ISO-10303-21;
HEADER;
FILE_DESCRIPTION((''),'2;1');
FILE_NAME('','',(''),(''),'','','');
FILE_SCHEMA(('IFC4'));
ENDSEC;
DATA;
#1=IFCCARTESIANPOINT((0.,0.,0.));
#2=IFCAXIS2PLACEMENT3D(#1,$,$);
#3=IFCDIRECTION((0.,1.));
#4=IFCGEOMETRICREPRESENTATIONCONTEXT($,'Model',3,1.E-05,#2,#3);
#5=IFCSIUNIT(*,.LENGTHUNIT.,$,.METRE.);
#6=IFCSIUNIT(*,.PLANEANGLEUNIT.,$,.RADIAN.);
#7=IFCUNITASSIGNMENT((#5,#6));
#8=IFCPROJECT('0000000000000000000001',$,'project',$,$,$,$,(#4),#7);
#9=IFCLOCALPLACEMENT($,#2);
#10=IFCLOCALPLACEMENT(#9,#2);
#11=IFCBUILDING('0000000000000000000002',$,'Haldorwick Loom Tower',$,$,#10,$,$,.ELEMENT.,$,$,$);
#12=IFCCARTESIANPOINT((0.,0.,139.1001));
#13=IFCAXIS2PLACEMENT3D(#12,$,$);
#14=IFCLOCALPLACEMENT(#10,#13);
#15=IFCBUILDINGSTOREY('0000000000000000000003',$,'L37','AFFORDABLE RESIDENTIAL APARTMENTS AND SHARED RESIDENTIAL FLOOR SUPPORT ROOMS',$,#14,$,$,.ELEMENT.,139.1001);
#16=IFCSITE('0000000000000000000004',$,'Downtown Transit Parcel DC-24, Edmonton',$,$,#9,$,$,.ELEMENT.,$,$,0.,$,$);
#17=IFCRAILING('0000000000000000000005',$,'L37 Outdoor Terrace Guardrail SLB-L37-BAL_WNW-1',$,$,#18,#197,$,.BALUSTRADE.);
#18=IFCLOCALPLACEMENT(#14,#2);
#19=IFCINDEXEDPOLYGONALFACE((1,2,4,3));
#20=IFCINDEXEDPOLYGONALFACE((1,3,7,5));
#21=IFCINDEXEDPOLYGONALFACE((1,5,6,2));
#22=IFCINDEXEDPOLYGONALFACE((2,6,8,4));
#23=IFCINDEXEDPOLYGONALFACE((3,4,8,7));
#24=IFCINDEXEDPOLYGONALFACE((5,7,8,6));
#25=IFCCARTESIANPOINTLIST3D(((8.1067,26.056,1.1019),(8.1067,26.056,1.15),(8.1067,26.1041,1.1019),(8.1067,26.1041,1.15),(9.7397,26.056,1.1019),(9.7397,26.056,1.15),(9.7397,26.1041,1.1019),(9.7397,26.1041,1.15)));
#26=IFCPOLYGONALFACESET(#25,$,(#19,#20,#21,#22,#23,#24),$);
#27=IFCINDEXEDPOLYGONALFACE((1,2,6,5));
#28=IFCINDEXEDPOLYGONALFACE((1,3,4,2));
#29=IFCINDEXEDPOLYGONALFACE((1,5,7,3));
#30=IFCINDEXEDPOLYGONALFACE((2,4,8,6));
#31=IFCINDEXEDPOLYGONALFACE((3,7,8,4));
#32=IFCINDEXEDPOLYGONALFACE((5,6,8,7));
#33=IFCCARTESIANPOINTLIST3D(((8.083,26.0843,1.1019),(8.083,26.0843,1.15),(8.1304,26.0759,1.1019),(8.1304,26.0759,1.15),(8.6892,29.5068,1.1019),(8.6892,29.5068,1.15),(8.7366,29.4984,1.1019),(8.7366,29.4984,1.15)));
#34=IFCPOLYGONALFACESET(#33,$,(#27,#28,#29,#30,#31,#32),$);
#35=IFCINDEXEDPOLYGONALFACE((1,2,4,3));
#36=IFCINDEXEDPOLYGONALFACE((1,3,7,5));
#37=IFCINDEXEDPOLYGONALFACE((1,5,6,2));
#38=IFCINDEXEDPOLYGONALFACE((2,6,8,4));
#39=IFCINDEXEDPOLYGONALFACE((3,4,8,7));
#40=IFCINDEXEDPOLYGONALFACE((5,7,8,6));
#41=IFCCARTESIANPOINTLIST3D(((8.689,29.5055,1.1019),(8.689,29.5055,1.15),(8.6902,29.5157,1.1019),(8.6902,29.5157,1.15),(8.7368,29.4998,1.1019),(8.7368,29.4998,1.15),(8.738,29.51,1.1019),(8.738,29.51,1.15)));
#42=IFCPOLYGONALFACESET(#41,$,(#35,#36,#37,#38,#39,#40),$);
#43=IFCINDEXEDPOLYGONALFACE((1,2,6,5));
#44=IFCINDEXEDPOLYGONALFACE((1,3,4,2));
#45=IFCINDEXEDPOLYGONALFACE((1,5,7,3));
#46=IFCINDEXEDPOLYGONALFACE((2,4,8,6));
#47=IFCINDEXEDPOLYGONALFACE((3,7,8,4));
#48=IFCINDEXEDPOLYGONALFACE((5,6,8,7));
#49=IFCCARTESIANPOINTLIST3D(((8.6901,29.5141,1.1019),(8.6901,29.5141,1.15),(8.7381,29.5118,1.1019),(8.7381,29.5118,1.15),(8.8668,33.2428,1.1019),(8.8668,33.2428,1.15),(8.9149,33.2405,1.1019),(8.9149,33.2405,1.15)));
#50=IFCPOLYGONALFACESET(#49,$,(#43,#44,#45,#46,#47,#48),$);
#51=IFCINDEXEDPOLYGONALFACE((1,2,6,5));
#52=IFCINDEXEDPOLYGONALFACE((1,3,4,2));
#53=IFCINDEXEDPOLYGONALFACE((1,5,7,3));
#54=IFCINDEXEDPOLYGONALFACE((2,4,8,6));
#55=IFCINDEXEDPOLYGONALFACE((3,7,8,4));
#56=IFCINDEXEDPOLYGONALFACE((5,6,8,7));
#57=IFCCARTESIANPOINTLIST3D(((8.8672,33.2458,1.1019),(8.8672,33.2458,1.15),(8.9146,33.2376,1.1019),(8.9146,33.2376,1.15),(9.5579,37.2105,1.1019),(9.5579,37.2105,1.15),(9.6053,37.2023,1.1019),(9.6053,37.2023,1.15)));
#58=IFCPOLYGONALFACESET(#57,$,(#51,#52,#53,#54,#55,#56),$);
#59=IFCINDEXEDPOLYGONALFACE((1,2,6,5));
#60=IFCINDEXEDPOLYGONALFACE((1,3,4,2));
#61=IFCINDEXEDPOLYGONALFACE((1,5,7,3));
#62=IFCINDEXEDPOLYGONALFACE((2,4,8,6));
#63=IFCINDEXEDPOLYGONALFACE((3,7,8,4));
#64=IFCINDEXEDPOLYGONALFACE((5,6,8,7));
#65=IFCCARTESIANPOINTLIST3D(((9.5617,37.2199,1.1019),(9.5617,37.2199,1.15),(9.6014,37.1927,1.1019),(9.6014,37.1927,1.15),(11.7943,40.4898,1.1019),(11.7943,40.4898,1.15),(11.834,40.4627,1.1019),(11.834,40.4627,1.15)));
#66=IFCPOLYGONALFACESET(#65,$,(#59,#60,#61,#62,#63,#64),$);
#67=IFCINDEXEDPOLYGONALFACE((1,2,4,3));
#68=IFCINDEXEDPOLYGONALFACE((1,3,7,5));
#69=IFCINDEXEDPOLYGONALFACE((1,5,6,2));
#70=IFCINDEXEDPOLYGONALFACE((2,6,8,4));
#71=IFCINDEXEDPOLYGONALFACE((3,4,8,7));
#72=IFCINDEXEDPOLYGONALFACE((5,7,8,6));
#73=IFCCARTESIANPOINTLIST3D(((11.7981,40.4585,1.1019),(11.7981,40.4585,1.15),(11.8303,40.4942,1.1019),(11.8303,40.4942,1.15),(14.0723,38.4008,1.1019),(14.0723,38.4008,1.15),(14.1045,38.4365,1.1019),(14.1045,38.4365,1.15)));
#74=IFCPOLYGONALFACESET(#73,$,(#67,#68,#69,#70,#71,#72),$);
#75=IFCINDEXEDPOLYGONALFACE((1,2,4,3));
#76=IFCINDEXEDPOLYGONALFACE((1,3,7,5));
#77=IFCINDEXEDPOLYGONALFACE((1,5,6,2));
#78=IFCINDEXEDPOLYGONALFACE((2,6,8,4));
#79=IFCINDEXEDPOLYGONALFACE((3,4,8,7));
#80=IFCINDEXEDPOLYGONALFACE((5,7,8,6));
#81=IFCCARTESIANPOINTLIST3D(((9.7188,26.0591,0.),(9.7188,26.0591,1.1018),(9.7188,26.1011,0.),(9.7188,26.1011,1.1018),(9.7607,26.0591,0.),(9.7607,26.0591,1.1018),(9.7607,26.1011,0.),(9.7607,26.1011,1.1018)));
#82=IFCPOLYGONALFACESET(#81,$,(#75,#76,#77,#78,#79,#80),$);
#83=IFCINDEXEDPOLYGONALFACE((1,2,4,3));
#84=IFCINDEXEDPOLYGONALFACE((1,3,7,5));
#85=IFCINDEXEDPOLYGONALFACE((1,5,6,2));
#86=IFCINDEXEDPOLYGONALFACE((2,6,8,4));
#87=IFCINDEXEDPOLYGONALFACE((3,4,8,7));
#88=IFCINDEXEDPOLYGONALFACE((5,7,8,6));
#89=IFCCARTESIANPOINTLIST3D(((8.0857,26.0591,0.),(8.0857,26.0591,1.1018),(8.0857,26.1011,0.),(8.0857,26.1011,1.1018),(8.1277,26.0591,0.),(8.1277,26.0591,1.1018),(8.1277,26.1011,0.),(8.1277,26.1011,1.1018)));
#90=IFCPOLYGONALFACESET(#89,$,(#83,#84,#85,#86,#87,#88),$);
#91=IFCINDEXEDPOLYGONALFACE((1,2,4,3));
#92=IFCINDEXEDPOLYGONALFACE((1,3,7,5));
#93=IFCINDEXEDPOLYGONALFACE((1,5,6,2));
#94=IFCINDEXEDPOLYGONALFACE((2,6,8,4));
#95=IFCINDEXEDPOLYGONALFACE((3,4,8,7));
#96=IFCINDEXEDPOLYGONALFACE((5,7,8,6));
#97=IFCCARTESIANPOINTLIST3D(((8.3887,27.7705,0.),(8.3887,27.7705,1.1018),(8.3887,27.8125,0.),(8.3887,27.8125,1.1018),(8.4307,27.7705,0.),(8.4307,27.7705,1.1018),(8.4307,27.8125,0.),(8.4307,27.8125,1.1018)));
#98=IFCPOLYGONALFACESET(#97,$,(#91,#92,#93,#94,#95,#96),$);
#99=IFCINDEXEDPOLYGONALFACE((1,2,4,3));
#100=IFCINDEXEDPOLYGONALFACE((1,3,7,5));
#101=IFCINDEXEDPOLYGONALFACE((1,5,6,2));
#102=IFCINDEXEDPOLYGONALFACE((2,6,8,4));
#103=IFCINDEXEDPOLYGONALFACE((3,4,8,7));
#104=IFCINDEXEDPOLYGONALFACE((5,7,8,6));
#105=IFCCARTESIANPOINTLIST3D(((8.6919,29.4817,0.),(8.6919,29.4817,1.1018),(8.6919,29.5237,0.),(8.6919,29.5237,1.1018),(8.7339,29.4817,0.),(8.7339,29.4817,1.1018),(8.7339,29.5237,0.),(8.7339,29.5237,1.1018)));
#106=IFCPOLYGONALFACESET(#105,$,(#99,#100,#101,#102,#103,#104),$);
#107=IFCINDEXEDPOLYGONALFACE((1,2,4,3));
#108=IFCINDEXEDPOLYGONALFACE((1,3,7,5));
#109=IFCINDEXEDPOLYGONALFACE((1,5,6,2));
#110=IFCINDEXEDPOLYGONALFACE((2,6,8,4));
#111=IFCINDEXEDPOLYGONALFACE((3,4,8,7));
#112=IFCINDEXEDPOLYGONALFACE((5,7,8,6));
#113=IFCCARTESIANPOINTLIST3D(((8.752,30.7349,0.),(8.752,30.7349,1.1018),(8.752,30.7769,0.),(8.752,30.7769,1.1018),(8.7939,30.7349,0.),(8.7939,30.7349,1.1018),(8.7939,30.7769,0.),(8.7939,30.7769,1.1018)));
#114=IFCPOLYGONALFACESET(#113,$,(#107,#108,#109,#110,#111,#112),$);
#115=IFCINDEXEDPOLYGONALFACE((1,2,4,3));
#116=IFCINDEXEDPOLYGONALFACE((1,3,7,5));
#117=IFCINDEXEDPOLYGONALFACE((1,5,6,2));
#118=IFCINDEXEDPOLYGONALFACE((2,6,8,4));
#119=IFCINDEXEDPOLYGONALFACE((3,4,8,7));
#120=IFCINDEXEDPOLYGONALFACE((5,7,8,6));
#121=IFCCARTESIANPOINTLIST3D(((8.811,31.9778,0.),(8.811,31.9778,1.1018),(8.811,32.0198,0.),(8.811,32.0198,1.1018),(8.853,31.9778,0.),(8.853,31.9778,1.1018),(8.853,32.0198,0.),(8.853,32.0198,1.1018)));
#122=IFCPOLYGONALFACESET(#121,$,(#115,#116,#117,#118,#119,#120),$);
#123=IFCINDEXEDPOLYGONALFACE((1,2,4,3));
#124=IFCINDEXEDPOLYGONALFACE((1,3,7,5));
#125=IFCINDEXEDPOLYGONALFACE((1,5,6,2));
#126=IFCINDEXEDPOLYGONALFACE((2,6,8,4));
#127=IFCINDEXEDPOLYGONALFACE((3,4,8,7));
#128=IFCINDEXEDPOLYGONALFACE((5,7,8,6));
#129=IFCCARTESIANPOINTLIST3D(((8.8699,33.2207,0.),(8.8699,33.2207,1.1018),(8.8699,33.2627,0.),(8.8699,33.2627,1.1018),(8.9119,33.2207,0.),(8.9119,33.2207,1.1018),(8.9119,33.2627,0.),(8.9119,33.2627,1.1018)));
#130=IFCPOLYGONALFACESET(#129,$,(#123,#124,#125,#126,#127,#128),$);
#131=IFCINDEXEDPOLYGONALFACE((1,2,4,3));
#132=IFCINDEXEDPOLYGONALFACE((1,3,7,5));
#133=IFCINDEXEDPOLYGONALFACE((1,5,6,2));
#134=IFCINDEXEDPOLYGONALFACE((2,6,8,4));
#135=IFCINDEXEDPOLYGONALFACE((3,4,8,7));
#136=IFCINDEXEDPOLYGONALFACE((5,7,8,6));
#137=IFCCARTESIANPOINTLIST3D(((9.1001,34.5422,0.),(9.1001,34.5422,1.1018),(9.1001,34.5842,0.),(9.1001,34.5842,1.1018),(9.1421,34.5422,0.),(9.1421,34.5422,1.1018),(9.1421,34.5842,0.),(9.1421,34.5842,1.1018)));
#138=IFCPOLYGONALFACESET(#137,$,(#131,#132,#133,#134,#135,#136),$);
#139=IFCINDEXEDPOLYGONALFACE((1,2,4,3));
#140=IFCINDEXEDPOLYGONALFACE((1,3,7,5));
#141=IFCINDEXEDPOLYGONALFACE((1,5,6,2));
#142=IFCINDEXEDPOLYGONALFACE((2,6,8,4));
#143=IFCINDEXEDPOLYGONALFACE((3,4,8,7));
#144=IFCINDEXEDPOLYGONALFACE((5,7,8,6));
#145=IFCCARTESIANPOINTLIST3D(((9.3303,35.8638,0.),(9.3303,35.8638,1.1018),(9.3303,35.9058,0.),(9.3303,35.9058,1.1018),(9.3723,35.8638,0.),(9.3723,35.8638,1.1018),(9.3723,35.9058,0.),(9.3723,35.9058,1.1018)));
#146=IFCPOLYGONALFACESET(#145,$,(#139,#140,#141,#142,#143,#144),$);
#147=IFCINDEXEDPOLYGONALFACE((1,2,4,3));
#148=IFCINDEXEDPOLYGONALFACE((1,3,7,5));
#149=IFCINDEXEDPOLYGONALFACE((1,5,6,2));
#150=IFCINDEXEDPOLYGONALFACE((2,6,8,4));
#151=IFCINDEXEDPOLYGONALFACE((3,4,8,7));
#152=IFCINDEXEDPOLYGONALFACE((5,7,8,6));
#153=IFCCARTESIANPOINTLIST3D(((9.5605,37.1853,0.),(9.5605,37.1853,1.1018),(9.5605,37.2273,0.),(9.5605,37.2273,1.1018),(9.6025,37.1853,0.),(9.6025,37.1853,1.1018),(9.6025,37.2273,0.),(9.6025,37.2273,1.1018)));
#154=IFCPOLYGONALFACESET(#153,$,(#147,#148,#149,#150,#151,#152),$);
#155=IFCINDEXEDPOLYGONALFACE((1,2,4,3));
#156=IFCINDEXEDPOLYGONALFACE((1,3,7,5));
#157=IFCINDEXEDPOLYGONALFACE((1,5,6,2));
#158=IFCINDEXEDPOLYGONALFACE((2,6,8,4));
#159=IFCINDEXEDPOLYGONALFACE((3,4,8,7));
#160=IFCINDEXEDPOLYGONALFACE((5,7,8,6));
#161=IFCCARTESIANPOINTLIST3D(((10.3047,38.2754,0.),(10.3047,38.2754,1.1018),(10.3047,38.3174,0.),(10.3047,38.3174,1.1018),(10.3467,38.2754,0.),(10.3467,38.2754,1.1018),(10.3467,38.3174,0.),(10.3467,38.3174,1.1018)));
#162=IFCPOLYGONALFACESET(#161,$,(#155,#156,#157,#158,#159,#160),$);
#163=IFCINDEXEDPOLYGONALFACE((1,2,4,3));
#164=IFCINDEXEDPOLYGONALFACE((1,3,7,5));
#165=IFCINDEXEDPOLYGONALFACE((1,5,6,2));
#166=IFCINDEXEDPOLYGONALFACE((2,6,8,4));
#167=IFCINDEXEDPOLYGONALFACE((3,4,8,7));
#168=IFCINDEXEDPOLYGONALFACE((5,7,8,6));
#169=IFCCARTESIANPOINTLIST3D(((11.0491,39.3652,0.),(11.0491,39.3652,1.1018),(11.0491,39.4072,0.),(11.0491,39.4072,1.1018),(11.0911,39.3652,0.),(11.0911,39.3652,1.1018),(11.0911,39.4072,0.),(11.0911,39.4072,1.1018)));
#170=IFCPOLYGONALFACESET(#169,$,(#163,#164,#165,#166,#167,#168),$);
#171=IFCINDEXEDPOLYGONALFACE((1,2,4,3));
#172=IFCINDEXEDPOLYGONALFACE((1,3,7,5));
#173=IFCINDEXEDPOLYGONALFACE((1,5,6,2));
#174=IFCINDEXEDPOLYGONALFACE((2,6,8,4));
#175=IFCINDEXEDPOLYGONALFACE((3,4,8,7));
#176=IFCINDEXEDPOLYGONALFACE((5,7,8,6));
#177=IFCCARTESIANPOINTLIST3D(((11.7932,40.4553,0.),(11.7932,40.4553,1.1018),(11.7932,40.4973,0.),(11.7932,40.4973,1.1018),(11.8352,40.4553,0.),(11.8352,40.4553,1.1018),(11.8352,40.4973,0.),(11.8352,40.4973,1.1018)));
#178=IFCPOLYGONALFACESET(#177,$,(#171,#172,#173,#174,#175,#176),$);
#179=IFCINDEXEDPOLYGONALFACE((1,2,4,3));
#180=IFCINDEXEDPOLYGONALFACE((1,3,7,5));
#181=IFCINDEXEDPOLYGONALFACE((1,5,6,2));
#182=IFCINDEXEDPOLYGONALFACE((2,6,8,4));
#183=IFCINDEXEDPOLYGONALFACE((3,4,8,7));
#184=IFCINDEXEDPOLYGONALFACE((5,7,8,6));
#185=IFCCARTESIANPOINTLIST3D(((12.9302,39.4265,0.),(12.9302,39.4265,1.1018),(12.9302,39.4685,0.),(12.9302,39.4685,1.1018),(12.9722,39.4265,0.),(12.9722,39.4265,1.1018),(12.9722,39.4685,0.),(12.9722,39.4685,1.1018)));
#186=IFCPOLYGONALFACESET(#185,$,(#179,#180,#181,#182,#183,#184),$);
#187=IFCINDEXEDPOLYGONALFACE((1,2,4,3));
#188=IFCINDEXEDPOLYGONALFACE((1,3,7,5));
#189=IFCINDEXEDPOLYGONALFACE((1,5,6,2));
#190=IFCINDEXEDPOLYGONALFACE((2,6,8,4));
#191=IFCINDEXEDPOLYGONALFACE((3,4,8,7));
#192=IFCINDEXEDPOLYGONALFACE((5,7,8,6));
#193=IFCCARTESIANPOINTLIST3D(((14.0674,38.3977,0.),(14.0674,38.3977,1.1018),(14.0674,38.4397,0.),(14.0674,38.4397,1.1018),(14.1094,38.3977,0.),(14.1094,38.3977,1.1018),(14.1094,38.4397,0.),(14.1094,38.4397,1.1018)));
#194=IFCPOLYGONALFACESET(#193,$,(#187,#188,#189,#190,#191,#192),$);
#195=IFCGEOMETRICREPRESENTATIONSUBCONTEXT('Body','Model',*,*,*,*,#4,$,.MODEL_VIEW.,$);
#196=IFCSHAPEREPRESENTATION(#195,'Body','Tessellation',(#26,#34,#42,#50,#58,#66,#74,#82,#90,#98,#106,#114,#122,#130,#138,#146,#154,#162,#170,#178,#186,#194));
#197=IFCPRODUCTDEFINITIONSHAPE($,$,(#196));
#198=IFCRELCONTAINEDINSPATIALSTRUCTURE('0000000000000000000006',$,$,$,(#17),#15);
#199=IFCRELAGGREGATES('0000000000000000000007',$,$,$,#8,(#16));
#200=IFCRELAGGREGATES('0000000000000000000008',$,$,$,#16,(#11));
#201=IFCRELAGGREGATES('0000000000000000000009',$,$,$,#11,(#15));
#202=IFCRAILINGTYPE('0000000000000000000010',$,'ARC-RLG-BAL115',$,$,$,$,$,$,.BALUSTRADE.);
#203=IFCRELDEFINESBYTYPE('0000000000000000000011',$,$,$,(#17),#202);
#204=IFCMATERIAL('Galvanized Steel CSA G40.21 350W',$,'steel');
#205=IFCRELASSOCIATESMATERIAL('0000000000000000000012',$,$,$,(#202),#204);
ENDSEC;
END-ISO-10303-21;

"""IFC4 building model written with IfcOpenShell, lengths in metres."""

from ifc_helpers import new_model, si_unit, direction, frame, origin, origin_2d, place, context, subcontext, project, spatial, rectangle, extrude, material, type_object, element, save


model = new_model("IFC4")

# Units and contexts
model_context = context("Model", 3, precision=1e-05, world=origin(), true_north=direction((0.0, 1.0)))
body_context = subcontext(model_context, "Body", "Model", "MODEL_VIEW")
ifc_project = project(units=[si_unit("LENGTHUNIT", "METRE"), si_unit("PLANEANGLEUNIT", "RADIAN")], contexts=[model_context])

# Site, building, storey
site_placement = place(None, origin())
site = spatial("IfcSite", under=ifc_project, at=site_placement, Name="Downtown Transit Parcel DC-24, Edmonton", CompositionType="ELEMENT", RefElevation=0.0)
building_placement = place(site_placement, origin())
building = spatial("IfcBuilding", under=site, at=building_placement, Name="Haldorwick Loom Tower", CompositionType="ELEMENT")
storey_placement = place(building_placement, frame((0.0, 0.0, 139.1001)))
storey = spatial("IfcBuildingStorey", under=building, at=storey_placement, Name="L37", Description="AFFORDABLE RESIDENTIAL APARTMENTS AND SHARED RESIDENTIAL FLOOR SUPPORT ROOMS", CompositionType="ELEMENT", Elevation=139.1001)

# Railing
ifc_material_1 = material(Name="Galvanized Steel CSA G40.21 350W", Category="steel")
railing_type = type_object("IfcRailingType", Name="ARC-RLG-BAL115", PredefinedType="BALUSTRADE", material=ifc_material_1)
railing_placement = place(storey_placement, frame((9.7397, 26.0801, 0.0)))
element("IfcRailing", 1, at=railing_placement, inside=storey, type_object=railing_type, Name="L37 Outdoor Terrace Guardrail SLB-L37-BAL_WNW-1", PredefinedType="BALUSTRADE", context=body_context, shape_type="SweptSolid", body=[
    extrude(rectangle(XDim=0.0481, YDim=0.0481, at=origin_2d()), frame((0.0, 0.0, 1.126), z_axis=(-1.0, 0.0, 0.0), x_axis=(0.0, -1.0, 0.0)), (0.0, 0.0, 1.0), 1.6331),
    extrude(rectangle(XDim=0.0481, YDim=0.0481, at=origin_2d()), frame((-1.6331, 0.0, 1.126), z_axis=(0.174402, 0.984674, 0.0), x_axis=(-0.984674, 0.174402, 0.0)), (0.0, 0.0, 1.0), 3.4758),
    extrude(rectangle(XDim=0.0481, YDim=0.0481, at=origin_2d()), frame((-1.0269, 3.4226, 1.126), z_axis=(0.118213, 0.992988, 0.0), x_axis=(-0.992988, 0.118213, 0.0)), (0.0, 0.0, 1.0), 0.0103),
    extrude(rectangle(XDim=0.0481, YDim=0.0481, at=origin_2d()), frame((-1.0256, 3.4329, 1.126), z_axis=(0.047351, 0.998878, 0.0), x_axis=(-0.998878, 0.047351, 0.0)), (0.0, 0.0, 1.0), 3.7329),
    extrude(rectangle(XDim=0.0481, YDim=0.0481, at=origin_2d()), frame((-0.8489, 7.1616, 1.126), z_axis=(0.171625, 0.985162, 0.0), x_axis=(-0.985162, 0.171625, 0.0)), (0.0, 0.0, 1.0), 4.0244),
    extrude(rectangle(XDim=0.0481, YDim=0.0481, at=origin_2d()), frame((-0.1582, 11.1262, 1.126), z_axis=(0.563872, 0.825862, 0.0), x_axis=(-0.825862, 0.563872, 0.0)), (0.0, 0.0, 1.0), 3.9595),
    extrude(rectangle(XDim=0.0481, YDim=0.0481, at=origin_2d()), frame((2.0745, 14.3962, 1.126), z_axis=(0.74153, -0.67092, 0.0), x_axis=(0.67092, 0.74153, 0.0)), (0.0, 0.0, 1.0), 3.0669),
    extrude(rectangle(XDim=0.042, YDim=0.042, at=origin_2d()), origin(), (0.0, 0.0, 1.0), 1.1018),
    extrude(rectangle(XDim=0.042, YDim=0.042, at=origin_2d()), frame((-1.6331, 0.0, 0.0)), (0.0, 0.0, 1.0), 1.1018),
    extrude(rectangle(XDim=0.042, YDim=0.042, at=origin_2d()), frame((-1.3301, 1.7114, 0.0)), (0.0, 0.0, 1.0), 1.1018),
    extrude(rectangle(XDim=0.042, YDim=0.042, at=origin_2d()), frame((-1.0269, 3.4226, 0.0)), (0.0, 0.0, 1.0), 1.1018),
    extrude(rectangle(XDim=0.042, YDim=0.042, at=origin_2d()), frame((-0.9668, 4.6758, 0.0)), (0.0, 0.0, 1.0), 1.1018),
    extrude(rectangle(XDim=0.042, YDim=0.042, at=origin_2d()), frame((-0.9077, 5.9187, 0.0)), (0.0, 0.0, 1.0), 1.1018),
    extrude(rectangle(XDim=0.042, YDim=0.042, at=origin_2d()), frame((-0.8489, 7.1616, 0.0)), (0.0, 0.0, 1.0), 1.1018),
    extrude(rectangle(XDim=0.042, YDim=0.042, at=origin_2d()), frame((-0.6187, 8.4832, 0.0)), (0.0, 0.0, 1.0), 1.1018),
    extrude(rectangle(XDim=0.042, YDim=0.042, at=origin_2d()), frame((-0.3884, 9.8047, 0.0)), (0.0, 0.0, 1.0), 1.1018),
    extrude(rectangle(XDim=0.042, YDim=0.042, at=origin_2d()), frame((-0.1582, 11.1262, 0.0)), (0.0, 0.0, 1.0), 1.1018),
    extrude(rectangle(XDim=0.042, YDim=0.042, at=origin_2d()), frame((0.5859, 12.2163, 0.0)), (0.0, 0.0, 1.0), 1.1018),
    extrude(rectangle(XDim=0.042, YDim=0.042, at=origin_2d()), frame((1.3303, 13.3062, 0.0)), (0.0, 0.0, 1.0), 1.1018),
    extrude(rectangle(XDim=0.042, YDim=0.042, at=origin_2d()), frame((2.0745, 14.3962, 0.0)), (0.0, 0.0, 1.0), 1.1018),
    extrude(rectangle(XDim=0.042, YDim=0.042, at=origin_2d()), frame((3.2114, 13.3674, 0.0)), (0.0, 0.0, 1.0), 1.1018),
    extrude(rectangle(XDim=0.042, YDim=0.042, at=origin_2d()), frame((4.3486, 12.3386, 0.0)), (0.0, 0.0, 1.0), 1.1018),
])

save(model, "model.ifc")
